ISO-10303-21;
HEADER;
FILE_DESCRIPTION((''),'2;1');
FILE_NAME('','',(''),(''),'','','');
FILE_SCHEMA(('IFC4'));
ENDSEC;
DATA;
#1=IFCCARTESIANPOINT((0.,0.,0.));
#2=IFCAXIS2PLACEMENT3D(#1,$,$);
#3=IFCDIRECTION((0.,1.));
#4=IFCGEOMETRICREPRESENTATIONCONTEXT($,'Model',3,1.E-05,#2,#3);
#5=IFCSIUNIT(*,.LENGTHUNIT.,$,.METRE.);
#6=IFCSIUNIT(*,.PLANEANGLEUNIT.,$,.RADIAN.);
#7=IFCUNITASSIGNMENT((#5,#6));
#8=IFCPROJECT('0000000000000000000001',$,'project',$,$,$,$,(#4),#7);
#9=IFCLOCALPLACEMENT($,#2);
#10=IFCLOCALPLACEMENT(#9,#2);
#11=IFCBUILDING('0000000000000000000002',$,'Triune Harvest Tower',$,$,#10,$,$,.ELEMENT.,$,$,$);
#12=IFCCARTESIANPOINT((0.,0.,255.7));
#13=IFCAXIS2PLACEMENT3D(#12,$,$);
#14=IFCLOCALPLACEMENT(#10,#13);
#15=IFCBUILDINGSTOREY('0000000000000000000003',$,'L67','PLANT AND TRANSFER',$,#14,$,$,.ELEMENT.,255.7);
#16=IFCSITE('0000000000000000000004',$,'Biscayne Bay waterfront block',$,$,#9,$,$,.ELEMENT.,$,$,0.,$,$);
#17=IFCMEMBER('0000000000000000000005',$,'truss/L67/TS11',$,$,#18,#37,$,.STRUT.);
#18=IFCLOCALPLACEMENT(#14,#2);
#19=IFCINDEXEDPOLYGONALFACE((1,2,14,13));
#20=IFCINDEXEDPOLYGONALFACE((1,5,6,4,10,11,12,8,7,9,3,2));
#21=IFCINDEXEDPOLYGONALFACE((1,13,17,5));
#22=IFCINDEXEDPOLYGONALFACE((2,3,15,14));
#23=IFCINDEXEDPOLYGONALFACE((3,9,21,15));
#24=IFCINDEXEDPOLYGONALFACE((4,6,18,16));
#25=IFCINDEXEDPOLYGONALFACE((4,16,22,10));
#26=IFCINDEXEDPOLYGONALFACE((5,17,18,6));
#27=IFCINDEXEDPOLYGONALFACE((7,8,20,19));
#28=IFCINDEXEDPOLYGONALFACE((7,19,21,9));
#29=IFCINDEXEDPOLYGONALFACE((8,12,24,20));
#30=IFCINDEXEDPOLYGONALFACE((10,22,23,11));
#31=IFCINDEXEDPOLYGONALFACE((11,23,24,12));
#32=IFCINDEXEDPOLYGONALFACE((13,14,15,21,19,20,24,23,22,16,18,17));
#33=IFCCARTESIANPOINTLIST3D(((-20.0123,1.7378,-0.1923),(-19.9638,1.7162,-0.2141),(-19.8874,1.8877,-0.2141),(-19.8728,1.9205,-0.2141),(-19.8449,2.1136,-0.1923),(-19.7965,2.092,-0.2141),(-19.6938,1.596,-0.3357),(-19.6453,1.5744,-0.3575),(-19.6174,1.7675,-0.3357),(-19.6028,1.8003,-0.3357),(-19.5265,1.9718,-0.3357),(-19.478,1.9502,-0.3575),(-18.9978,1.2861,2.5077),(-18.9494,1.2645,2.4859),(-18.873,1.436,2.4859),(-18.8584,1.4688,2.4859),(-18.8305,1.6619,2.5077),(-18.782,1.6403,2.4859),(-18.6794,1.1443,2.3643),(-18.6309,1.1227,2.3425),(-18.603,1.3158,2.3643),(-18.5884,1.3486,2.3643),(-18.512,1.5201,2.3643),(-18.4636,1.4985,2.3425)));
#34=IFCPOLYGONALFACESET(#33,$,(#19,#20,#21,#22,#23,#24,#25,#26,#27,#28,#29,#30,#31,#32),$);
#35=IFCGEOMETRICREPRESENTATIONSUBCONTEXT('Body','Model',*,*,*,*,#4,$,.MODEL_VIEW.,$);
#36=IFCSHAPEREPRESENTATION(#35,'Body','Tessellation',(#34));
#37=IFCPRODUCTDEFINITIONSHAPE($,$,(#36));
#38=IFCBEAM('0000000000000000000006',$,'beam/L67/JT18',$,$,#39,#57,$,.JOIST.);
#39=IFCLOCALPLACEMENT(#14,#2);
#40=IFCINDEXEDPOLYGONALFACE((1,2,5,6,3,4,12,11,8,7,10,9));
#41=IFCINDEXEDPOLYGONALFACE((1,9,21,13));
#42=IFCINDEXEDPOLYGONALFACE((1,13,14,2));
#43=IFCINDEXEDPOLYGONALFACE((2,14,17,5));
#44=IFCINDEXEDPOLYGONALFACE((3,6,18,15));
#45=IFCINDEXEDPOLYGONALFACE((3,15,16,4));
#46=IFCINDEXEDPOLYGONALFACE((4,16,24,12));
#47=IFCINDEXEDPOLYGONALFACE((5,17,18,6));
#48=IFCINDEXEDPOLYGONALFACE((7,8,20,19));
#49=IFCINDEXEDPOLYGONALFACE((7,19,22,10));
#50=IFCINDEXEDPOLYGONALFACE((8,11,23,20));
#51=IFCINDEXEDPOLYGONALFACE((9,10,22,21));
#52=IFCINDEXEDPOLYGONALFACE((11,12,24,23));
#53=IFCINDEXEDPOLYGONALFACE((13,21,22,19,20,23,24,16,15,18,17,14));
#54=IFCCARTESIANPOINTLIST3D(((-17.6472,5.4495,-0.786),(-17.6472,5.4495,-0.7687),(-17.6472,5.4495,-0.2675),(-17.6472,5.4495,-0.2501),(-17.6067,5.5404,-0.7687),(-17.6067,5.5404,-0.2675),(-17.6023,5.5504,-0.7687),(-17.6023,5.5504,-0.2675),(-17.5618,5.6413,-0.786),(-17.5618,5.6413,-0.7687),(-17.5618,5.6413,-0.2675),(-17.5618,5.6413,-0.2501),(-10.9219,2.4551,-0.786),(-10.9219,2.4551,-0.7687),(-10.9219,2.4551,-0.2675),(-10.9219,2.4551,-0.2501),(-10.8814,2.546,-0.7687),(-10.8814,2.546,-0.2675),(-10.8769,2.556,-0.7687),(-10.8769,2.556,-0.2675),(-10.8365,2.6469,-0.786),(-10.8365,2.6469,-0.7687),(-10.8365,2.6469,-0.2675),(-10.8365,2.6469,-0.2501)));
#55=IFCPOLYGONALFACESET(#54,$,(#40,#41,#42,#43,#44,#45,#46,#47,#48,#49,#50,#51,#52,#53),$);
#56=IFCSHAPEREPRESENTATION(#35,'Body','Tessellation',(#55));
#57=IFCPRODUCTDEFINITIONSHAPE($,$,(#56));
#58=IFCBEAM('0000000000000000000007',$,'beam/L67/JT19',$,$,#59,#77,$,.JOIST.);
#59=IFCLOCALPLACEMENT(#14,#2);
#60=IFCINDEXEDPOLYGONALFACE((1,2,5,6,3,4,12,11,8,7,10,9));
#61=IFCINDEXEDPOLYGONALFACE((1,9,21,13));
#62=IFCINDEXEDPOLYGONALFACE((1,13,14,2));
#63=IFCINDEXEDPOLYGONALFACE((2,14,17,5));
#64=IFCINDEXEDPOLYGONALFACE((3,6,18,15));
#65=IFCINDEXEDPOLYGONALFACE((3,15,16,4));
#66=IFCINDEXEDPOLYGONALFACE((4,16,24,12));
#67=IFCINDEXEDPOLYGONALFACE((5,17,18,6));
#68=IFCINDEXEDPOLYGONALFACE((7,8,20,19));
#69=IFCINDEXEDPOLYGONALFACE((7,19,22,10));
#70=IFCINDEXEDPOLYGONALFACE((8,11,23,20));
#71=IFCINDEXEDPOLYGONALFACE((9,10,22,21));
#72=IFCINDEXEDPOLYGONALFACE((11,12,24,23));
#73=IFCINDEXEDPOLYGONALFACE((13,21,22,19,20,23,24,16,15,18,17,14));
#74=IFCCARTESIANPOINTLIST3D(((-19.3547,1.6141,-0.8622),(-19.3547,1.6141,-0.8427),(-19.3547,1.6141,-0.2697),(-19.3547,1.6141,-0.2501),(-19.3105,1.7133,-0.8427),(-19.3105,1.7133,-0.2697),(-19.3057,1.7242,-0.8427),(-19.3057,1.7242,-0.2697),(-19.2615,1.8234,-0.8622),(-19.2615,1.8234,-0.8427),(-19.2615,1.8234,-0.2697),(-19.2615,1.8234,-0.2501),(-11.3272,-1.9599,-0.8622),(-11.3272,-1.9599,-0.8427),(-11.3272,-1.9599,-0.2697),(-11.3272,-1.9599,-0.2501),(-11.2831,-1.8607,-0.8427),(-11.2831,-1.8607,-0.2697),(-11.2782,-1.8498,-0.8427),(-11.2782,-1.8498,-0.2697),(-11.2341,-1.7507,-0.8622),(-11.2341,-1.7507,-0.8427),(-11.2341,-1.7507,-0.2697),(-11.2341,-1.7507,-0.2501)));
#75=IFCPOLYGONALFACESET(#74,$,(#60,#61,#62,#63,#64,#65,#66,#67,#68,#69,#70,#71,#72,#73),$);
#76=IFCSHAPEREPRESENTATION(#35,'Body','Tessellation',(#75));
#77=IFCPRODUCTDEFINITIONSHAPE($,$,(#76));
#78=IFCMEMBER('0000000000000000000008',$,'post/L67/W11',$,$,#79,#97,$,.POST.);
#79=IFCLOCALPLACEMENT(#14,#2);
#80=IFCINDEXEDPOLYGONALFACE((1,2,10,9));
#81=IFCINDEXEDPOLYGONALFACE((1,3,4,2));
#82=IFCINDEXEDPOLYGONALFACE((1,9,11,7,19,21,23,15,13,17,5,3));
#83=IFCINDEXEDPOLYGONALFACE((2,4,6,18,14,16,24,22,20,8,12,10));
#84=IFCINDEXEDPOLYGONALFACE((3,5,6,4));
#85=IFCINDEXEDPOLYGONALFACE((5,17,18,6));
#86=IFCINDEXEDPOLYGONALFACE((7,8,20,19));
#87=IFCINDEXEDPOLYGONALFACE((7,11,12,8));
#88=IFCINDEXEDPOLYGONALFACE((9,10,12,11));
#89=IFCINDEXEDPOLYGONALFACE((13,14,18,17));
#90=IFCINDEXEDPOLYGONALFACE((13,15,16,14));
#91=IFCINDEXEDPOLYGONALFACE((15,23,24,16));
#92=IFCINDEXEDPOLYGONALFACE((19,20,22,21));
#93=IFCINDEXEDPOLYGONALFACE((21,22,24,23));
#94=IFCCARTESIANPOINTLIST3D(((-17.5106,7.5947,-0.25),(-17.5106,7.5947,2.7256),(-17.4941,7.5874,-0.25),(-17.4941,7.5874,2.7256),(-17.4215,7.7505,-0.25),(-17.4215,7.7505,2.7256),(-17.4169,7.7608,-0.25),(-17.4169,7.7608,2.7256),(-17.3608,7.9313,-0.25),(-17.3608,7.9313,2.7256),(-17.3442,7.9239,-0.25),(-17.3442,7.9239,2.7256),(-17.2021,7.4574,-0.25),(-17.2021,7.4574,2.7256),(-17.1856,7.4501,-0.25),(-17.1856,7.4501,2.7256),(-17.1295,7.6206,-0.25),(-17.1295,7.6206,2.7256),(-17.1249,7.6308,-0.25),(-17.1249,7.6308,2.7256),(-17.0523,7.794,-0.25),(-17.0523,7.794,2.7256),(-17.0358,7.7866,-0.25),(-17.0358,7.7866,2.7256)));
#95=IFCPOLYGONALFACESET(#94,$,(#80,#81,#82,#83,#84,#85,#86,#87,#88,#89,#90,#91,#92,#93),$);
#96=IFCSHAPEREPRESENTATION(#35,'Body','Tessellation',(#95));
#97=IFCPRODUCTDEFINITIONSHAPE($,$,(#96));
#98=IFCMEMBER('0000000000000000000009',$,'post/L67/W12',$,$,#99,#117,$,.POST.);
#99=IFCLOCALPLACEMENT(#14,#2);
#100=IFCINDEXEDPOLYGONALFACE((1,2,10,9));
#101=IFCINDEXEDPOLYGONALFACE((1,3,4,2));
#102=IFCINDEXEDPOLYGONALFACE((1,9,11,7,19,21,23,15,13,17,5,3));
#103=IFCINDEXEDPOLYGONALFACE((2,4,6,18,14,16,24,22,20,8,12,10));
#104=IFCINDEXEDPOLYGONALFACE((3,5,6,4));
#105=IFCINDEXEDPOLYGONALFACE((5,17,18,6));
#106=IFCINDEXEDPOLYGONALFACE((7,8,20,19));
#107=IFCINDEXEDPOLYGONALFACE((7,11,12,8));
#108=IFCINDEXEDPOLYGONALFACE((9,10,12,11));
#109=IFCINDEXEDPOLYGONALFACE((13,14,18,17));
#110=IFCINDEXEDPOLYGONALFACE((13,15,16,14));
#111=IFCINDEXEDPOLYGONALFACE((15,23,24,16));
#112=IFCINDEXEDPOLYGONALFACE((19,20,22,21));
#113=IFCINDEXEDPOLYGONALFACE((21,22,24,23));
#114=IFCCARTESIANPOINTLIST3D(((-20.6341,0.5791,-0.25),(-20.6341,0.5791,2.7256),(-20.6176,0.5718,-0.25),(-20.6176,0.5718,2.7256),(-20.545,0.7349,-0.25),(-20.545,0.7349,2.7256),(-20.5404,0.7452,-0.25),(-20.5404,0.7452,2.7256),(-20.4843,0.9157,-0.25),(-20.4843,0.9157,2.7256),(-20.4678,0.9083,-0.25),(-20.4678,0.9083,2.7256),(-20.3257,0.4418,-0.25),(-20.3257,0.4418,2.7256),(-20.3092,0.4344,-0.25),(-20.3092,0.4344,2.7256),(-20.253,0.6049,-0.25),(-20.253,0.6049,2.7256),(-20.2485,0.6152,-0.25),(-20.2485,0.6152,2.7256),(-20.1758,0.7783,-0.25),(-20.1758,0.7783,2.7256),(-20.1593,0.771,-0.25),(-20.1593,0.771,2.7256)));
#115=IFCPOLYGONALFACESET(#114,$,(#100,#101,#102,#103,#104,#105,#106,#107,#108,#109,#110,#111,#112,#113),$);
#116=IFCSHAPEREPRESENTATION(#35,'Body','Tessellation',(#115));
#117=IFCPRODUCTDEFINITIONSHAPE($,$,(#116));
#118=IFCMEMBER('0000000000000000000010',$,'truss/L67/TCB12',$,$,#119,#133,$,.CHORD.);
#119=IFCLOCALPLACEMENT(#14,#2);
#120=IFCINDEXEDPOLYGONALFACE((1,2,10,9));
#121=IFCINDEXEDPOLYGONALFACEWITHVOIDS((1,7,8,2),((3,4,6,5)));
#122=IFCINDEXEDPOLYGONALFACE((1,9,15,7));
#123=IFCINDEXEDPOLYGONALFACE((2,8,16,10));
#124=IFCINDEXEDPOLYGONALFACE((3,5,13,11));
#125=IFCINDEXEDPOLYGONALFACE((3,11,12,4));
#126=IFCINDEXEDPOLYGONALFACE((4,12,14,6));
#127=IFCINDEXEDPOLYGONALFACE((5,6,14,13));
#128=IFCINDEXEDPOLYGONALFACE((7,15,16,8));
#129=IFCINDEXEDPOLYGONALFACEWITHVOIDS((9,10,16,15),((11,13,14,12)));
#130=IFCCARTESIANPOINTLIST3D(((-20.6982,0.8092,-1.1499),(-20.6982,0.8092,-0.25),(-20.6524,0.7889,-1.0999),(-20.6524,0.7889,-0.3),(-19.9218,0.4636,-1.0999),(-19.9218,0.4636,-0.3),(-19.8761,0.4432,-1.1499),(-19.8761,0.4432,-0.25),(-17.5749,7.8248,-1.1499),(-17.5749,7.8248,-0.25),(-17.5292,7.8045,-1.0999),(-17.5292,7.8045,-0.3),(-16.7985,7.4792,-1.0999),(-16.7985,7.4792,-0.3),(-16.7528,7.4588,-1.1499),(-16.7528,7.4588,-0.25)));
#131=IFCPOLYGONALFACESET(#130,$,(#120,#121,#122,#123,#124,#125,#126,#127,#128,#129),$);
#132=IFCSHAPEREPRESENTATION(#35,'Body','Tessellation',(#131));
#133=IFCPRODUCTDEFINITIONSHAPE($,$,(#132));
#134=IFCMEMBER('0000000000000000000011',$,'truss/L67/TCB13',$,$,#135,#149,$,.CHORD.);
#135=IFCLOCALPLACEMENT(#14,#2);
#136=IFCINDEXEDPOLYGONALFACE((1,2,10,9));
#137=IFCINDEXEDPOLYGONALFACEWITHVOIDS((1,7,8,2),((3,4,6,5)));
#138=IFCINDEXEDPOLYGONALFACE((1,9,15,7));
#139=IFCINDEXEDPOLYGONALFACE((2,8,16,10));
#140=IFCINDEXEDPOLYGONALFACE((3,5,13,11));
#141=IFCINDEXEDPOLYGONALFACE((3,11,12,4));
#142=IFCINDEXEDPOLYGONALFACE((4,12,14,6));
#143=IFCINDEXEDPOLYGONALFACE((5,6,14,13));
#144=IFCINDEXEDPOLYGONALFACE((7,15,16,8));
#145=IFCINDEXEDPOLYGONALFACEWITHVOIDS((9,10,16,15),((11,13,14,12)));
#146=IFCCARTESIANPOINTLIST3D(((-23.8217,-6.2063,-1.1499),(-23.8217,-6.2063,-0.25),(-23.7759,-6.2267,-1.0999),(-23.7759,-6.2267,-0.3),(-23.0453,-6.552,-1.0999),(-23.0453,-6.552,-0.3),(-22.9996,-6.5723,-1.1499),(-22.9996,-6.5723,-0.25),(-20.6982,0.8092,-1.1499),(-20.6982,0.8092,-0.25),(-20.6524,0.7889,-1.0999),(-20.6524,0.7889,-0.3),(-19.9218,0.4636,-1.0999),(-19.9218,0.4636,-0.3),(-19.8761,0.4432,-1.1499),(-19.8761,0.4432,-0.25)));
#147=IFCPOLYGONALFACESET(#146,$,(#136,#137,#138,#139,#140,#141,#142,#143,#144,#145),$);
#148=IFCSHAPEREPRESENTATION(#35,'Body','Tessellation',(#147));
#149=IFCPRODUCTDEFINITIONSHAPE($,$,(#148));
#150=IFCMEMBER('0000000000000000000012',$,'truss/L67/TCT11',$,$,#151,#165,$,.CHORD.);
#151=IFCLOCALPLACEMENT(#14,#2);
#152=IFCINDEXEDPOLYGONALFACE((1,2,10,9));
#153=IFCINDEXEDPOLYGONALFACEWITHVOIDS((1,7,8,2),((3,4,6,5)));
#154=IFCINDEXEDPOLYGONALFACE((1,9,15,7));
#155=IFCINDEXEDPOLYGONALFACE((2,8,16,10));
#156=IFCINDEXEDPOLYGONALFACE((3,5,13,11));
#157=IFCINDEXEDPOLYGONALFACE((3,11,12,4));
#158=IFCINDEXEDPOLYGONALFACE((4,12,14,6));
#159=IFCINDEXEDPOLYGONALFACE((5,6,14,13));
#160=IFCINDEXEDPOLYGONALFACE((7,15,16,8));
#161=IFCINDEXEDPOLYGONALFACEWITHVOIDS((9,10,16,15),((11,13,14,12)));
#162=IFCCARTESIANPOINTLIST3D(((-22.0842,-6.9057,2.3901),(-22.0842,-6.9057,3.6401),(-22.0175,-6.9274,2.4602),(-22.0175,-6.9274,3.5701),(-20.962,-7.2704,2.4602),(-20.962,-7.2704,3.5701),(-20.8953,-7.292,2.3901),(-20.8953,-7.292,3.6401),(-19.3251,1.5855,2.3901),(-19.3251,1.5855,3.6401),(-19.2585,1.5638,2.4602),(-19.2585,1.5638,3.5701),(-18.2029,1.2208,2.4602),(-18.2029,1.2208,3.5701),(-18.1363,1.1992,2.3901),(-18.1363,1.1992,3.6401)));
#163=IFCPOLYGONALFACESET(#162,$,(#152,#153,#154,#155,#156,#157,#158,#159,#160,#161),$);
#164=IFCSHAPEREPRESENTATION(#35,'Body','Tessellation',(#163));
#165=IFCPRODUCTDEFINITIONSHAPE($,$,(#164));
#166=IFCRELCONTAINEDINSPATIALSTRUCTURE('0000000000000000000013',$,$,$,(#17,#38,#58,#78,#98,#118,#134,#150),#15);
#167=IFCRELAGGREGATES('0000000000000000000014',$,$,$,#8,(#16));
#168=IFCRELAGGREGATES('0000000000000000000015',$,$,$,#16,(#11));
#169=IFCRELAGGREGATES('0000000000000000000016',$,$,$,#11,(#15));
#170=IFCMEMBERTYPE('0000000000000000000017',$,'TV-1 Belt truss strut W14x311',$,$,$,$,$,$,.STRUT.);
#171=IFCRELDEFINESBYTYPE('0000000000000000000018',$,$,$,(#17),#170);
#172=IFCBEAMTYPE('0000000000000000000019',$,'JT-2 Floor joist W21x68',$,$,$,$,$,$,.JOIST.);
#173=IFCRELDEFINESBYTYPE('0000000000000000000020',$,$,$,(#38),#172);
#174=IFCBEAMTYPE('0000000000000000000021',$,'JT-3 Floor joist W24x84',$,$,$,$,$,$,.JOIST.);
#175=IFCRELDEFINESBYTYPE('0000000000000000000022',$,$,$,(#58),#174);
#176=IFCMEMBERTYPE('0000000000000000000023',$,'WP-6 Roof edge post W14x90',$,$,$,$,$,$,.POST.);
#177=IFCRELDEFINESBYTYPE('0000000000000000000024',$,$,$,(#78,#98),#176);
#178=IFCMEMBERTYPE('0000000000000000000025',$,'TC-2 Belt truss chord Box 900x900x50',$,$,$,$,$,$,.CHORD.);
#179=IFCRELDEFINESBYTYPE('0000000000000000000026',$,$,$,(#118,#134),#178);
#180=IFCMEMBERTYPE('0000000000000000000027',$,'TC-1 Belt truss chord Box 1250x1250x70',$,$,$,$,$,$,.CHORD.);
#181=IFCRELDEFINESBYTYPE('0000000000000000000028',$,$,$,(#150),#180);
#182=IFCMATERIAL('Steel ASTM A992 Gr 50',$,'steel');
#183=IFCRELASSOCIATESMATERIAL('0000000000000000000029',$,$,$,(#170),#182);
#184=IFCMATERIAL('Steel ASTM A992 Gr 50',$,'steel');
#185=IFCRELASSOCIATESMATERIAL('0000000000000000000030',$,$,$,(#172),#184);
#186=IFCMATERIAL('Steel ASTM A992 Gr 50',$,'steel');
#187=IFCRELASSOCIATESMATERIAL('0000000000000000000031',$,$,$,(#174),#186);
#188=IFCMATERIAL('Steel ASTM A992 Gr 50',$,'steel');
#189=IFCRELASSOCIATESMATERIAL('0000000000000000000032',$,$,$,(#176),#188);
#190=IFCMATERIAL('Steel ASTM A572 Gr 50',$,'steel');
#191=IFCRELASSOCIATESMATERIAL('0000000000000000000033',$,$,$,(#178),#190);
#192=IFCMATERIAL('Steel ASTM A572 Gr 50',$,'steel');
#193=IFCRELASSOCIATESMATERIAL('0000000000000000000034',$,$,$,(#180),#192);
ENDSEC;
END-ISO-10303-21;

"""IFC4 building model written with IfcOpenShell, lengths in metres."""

from ifc_helpers import new_model, si_unit, direction, frame, origin, origin_2d, place, context, subcontext, project, spatial, hollow_rectangle, i_section, extrude, source, transform, mapped, material, material_profile, profile_set, type_object, element, save


model = new_model("IFC4")

# Units and contexts
model_context = context("Model", 3, precision=1e-05, world=origin(), true_north=direction((0.0, 1.0)))
body_context = subcontext(model_context, "Body", "Model", "MODEL_VIEW")
ifc_project = project(units=[si_unit("LENGTHUNIT", "METRE"), si_unit("PLANEANGLEUNIT", "RADIAN")], contexts=[model_context])

# Site, building, storey
site_placement = place(None, origin())
site = spatial("IfcSite", under=ifc_project, at=site_placement, Name="Biscayne Bay waterfront block", CompositionType="ELEMENT", RefElevation=0.0)
building_placement = place(site_placement, origin())
building = spatial("IfcBuilding", under=site, at=building_placement, Name="Triune Harvest Tower", CompositionType="ELEMENT")
storey_placement = place(building_placement, frame((0.0, 0.0, 255.7)))
storey = spatial("IfcBuildingStorey", under=building, at=storey_placement, Name="L67", Description="PLANT AND TRANSFER", CompositionType="ELEMENT", Elevation=255.7)

# Member
ifc_material_1 = material(Name="Steel ASTM A992 Gr 50", Category="steel")
ifc_material_profile_1 = material_profile(ifc_material_1, i_section(OverallWidth=0.4114, OverallDepth=0.4343, WebThickness=0.0359, FlangeThickness=0.0574, at=origin_2d()), Name="W14x311")
ifc_profile_set_1 = profile_set([ifc_material_profile_1], Name="Steel ASTM A992 Gr 50")
member_type_1 = type_object("IfcMemberType", Name="TV-1 Belt truss strut W14x311", PredefinedType="STRUT", material=ifc_profile_set_1)
member_1_placement = place(storey_placement, frame((-19.7451, 1.844, -0.2749), z_axis=(0.347473, -0.154711, 0.924839), x_axis=(0.40675, 0.913539, 0.0)))
element("IfcMember", 1, at=member_1_placement, inside=storey, type_object=member_type_1, Name="truss/L67/TS11", PredefinedType="STRUT", context=body_context, shape_type="SweptSolid", body=[
    extrude(i_section(OverallWidth=0.4114, OverallDepth=0.4343, WebThickness=0.0359, FlangeThickness=0.0574, at=origin_2d()), origin(), (0.0, 0.0, 1.0), 2.9194),
])

# Beams
ifc_material_2 = material(Name="Steel ASTM A992 Gr 50", Category="steel")
ifc_material_profile_2 = material_profile(ifc_material_2, i_section(OverallWidth=0.21, OverallDepth=0.5359, WebThickness=0.011, FlangeThickness=0.0173, at=origin_2d()), Name="W21x68")
ifc_profile_set_2 = profile_set([ifc_material_profile_2], Name="Steel ASTM A992 Gr 50")
beam_type_1 = type_object("IfcBeamType", Name="JT-2 Floor joist W21x68", PredefinedType="JOIST", material=ifc_profile_set_2)
shared_shape_1 = source(origin(), body_context, "Body", "SweptSolid", [
    extrude(i_section(OverallWidth=0.21, OverallDepth=0.5359, WebThickness=0.011, FlangeThickness=0.0173, at=origin_2d()), origin(), (0.0, 0.0, 1.0), 7.3618),
])
beam_1_placement = place(storey_placement, frame((-17.6045, 5.5454, -0.5181), z_axis=(0.913542, -0.406745, 0.0), x_axis=(0.406745, 0.913542, 0.0)))
element("IfcBeam", 2, at=beam_1_placement, inside=storey, type_object=beam_type_1, Name="beam/L67/JT18", PredefinedType="JOIST", context=body_context, shape_type="MappedRepresentation", body=[
    mapped(shared_shape_1, transform((0.0, 0.0, 0.0), scale=1.0)),
])
ifc_material_3 = material(Name="Steel ASTM A992 Gr 50", Category="steel")
ifc_material_profile_3 = material_profile(ifc_material_3, i_section(OverallWidth=0.229, OverallDepth=0.6121, WebThickness=0.012, FlangeThickness=0.0195, at=origin_2d()), Name="W24x84")
ifc_profile_set_3 = profile_set([ifc_material_profile_3], Name="Steel ASTM A992 Gr 50")
beam_type_2 = type_object("IfcBeamType", Name="JT-3 Floor joist W24x84", PredefinedType="JOIST", material=ifc_profile_set_3)
shared_shape_2 = source(origin(), body_context, "Body", "SweptSolid", [
    extrude(i_section(OverallWidth=0.229, OverallDepth=0.6121, WebThickness=0.012, FlangeThickness=0.0195, at=origin_2d()), origin(), (0.0, 0.0, 1.0), 8.7871),
])
beam_2_placement = place(storey_placement, frame((-19.3081, 1.7188, -0.5562), z_axis=(0.913547, -0.406734, 0.0), x_axis=(0.406734, 0.913547, 0.0)))
element("IfcBeam", 3, at=beam_2_placement, inside=storey, type_object=beam_type_2, Name="beam/L67/JT19", PredefinedType="JOIST", context=body_context, shape_type="MappedRepresentation", body=[
    mapped(shared_shape_2, transform((0.0, 0.0, 0.0), scale=1.0)),
])

# Members
ifc_material_4 = material(Name="Steel ASTM A992 Gr 50", Category="steel")
ifc_material_profile_4 = material_profile(ifc_material_4, i_section(OverallWidth=0.3684, OverallDepth=0.3557, WebThickness=0.0112, FlangeThickness=0.0181, at=origin_2d()), Name="W14x90")
ifc_profile_set_4 = profile_set([ifc_material_profile_4], Name="Steel ASTM A992 Gr 50")
member_type_2 = type_object("IfcMemberType", Name="WP-6 Roof edge post W14x90", PredefinedType="POST", material=ifc_profile_set_4)
shared_shape_3 = source(origin(), body_context, "Body", "SweptSolid", [
    extrude(i_section(OverallWidth=0.3684, OverallDepth=0.3557, WebThickness=0.0112, FlangeThickness=0.0181, at=origin_2d()), origin(), (0.0, 0.0, 1.0), 2.9756),
])
for number, where, z_axis, x_axis, name in (
    (4, (-17.2732, 7.6907, -0.25), (0.0, 0.0, 1.0), (-0.406738, -0.913545, 0.0), "post/L67/W11"),
    (5, (-20.3967, 0.675, -0.25), (0.0, 0.0, 1.0), (-0.406738, -0.913545, 0.0), "post/L67/W12"),
):
    element("IfcMember", number, at=place(storey_placement, frame(where, z_axis=z_axis, x_axis=x_axis)), inside=storey, type_object=member_type_2, Name=name, PredefinedType="POST", context=body_context, shape_type="MappedRepresentation", body=[
        mapped(shared_shape_3, transform((0.0, 0.0, 0.0), scale=1.0)),
    ])
ifc_material_5 = material(Name="Steel ASTM A572 Gr 50", Category="steel")
ifc_material_profile_5 = material_profile(ifc_material_5, hollow_rectangle(XDim=0.8999, YDim=0.8999, WallThickness=0.05, at=origin_2d()), Name="Box 900x900x50")
ifc_profile_set_5 = profile_set([ifc_material_profile_5], Name="Steel ASTM A572 Gr 50")
member_type_3 = type_object("IfcMemberType", Name="TC-2 Belt truss chord Box 900x900x50", PredefinedType="CHORD", material=ifc_profile_set_5)
shared_shape_4 = source(origin(), body_context, "Body", "SweptSolid", [
    extrude(hollow_rectangle(XDim=0.8999, YDim=0.8999, WallThickness=0.05, at=origin_2d()), origin(), (0.0, 0.0, 1.0), 7.6794),
])
for number, where, z_axis, x_axis, name in (
    (6, (-17.1638, 7.6418, -0.7), (-0.406708, -0.913558, 0.0), (0.913558, -0.406708, 0.0), "truss/L67/TCB12"),
    (7, (-20.2871, 0.6262, -0.7), (-0.406734, -0.913547, 0.0), (0.913547, -0.406734, 0.0), "truss/L67/TCB13"),
):
    element("IfcMember", number, at=place(storey_placement, frame(where, z_axis=z_axis, x_axis=x_axis)), inside=storey, type_object=member_type_3, Name=name, PredefinedType="CHORD", context=body_context, shape_type="MappedRepresentation", body=[
        mapped(shared_shape_4, transform((0.0, 0.0, 0.0), scale=1.0)),
    ])
ifc_material_6 = material(Name="Steel ASTM A572 Gr 50", Category="steel")
ifc_material_profile_6 = material_profile(ifc_material_6, hollow_rectangle(XDim=1.25, YDim=1.25, WallThickness=0.0701, at=origin_2d()), Name="Box 1250x1250x70")
ifc_profile_set_6 = profile_set([ifc_material_profile_6], Name="Steel ASTM A572 Gr 50")
member_type_4 = type_object("IfcMemberType", Name="TC-1 Belt truss chord Box 1250x1250x70", PredefinedType="CHORD", material=ifc_profile_set_6)
shared_shape_5 = source(origin(), body_context, "Body", "SweptSolid", [
    extrude(hollow_rectangle(XDim=1.25, YDim=1.25, WallThickness=0.0701, at=origin_2d()), origin(), (0.0, 0.0, 1.0), 8.9282),
])
member_2_placement = place(storey_placement, frame((-18.7307, 1.3923, 3.0151), z_axis=(-0.309024, -0.951054, 0.0), x_axis=(0.951054, -0.309024, 0.0)))
element("IfcMember", 8, at=member_2_placement, inside=storey, type_object=member_type_4, Name="truss/L67/TCT11", PredefinedType="CHORD", context=body_context, shape_type="MappedRepresentation", body=[
    mapped(shared_shape_5, transform((0.0, 0.0, 0.0), scale=1.0)),
])

save(model, "model.ifc")
